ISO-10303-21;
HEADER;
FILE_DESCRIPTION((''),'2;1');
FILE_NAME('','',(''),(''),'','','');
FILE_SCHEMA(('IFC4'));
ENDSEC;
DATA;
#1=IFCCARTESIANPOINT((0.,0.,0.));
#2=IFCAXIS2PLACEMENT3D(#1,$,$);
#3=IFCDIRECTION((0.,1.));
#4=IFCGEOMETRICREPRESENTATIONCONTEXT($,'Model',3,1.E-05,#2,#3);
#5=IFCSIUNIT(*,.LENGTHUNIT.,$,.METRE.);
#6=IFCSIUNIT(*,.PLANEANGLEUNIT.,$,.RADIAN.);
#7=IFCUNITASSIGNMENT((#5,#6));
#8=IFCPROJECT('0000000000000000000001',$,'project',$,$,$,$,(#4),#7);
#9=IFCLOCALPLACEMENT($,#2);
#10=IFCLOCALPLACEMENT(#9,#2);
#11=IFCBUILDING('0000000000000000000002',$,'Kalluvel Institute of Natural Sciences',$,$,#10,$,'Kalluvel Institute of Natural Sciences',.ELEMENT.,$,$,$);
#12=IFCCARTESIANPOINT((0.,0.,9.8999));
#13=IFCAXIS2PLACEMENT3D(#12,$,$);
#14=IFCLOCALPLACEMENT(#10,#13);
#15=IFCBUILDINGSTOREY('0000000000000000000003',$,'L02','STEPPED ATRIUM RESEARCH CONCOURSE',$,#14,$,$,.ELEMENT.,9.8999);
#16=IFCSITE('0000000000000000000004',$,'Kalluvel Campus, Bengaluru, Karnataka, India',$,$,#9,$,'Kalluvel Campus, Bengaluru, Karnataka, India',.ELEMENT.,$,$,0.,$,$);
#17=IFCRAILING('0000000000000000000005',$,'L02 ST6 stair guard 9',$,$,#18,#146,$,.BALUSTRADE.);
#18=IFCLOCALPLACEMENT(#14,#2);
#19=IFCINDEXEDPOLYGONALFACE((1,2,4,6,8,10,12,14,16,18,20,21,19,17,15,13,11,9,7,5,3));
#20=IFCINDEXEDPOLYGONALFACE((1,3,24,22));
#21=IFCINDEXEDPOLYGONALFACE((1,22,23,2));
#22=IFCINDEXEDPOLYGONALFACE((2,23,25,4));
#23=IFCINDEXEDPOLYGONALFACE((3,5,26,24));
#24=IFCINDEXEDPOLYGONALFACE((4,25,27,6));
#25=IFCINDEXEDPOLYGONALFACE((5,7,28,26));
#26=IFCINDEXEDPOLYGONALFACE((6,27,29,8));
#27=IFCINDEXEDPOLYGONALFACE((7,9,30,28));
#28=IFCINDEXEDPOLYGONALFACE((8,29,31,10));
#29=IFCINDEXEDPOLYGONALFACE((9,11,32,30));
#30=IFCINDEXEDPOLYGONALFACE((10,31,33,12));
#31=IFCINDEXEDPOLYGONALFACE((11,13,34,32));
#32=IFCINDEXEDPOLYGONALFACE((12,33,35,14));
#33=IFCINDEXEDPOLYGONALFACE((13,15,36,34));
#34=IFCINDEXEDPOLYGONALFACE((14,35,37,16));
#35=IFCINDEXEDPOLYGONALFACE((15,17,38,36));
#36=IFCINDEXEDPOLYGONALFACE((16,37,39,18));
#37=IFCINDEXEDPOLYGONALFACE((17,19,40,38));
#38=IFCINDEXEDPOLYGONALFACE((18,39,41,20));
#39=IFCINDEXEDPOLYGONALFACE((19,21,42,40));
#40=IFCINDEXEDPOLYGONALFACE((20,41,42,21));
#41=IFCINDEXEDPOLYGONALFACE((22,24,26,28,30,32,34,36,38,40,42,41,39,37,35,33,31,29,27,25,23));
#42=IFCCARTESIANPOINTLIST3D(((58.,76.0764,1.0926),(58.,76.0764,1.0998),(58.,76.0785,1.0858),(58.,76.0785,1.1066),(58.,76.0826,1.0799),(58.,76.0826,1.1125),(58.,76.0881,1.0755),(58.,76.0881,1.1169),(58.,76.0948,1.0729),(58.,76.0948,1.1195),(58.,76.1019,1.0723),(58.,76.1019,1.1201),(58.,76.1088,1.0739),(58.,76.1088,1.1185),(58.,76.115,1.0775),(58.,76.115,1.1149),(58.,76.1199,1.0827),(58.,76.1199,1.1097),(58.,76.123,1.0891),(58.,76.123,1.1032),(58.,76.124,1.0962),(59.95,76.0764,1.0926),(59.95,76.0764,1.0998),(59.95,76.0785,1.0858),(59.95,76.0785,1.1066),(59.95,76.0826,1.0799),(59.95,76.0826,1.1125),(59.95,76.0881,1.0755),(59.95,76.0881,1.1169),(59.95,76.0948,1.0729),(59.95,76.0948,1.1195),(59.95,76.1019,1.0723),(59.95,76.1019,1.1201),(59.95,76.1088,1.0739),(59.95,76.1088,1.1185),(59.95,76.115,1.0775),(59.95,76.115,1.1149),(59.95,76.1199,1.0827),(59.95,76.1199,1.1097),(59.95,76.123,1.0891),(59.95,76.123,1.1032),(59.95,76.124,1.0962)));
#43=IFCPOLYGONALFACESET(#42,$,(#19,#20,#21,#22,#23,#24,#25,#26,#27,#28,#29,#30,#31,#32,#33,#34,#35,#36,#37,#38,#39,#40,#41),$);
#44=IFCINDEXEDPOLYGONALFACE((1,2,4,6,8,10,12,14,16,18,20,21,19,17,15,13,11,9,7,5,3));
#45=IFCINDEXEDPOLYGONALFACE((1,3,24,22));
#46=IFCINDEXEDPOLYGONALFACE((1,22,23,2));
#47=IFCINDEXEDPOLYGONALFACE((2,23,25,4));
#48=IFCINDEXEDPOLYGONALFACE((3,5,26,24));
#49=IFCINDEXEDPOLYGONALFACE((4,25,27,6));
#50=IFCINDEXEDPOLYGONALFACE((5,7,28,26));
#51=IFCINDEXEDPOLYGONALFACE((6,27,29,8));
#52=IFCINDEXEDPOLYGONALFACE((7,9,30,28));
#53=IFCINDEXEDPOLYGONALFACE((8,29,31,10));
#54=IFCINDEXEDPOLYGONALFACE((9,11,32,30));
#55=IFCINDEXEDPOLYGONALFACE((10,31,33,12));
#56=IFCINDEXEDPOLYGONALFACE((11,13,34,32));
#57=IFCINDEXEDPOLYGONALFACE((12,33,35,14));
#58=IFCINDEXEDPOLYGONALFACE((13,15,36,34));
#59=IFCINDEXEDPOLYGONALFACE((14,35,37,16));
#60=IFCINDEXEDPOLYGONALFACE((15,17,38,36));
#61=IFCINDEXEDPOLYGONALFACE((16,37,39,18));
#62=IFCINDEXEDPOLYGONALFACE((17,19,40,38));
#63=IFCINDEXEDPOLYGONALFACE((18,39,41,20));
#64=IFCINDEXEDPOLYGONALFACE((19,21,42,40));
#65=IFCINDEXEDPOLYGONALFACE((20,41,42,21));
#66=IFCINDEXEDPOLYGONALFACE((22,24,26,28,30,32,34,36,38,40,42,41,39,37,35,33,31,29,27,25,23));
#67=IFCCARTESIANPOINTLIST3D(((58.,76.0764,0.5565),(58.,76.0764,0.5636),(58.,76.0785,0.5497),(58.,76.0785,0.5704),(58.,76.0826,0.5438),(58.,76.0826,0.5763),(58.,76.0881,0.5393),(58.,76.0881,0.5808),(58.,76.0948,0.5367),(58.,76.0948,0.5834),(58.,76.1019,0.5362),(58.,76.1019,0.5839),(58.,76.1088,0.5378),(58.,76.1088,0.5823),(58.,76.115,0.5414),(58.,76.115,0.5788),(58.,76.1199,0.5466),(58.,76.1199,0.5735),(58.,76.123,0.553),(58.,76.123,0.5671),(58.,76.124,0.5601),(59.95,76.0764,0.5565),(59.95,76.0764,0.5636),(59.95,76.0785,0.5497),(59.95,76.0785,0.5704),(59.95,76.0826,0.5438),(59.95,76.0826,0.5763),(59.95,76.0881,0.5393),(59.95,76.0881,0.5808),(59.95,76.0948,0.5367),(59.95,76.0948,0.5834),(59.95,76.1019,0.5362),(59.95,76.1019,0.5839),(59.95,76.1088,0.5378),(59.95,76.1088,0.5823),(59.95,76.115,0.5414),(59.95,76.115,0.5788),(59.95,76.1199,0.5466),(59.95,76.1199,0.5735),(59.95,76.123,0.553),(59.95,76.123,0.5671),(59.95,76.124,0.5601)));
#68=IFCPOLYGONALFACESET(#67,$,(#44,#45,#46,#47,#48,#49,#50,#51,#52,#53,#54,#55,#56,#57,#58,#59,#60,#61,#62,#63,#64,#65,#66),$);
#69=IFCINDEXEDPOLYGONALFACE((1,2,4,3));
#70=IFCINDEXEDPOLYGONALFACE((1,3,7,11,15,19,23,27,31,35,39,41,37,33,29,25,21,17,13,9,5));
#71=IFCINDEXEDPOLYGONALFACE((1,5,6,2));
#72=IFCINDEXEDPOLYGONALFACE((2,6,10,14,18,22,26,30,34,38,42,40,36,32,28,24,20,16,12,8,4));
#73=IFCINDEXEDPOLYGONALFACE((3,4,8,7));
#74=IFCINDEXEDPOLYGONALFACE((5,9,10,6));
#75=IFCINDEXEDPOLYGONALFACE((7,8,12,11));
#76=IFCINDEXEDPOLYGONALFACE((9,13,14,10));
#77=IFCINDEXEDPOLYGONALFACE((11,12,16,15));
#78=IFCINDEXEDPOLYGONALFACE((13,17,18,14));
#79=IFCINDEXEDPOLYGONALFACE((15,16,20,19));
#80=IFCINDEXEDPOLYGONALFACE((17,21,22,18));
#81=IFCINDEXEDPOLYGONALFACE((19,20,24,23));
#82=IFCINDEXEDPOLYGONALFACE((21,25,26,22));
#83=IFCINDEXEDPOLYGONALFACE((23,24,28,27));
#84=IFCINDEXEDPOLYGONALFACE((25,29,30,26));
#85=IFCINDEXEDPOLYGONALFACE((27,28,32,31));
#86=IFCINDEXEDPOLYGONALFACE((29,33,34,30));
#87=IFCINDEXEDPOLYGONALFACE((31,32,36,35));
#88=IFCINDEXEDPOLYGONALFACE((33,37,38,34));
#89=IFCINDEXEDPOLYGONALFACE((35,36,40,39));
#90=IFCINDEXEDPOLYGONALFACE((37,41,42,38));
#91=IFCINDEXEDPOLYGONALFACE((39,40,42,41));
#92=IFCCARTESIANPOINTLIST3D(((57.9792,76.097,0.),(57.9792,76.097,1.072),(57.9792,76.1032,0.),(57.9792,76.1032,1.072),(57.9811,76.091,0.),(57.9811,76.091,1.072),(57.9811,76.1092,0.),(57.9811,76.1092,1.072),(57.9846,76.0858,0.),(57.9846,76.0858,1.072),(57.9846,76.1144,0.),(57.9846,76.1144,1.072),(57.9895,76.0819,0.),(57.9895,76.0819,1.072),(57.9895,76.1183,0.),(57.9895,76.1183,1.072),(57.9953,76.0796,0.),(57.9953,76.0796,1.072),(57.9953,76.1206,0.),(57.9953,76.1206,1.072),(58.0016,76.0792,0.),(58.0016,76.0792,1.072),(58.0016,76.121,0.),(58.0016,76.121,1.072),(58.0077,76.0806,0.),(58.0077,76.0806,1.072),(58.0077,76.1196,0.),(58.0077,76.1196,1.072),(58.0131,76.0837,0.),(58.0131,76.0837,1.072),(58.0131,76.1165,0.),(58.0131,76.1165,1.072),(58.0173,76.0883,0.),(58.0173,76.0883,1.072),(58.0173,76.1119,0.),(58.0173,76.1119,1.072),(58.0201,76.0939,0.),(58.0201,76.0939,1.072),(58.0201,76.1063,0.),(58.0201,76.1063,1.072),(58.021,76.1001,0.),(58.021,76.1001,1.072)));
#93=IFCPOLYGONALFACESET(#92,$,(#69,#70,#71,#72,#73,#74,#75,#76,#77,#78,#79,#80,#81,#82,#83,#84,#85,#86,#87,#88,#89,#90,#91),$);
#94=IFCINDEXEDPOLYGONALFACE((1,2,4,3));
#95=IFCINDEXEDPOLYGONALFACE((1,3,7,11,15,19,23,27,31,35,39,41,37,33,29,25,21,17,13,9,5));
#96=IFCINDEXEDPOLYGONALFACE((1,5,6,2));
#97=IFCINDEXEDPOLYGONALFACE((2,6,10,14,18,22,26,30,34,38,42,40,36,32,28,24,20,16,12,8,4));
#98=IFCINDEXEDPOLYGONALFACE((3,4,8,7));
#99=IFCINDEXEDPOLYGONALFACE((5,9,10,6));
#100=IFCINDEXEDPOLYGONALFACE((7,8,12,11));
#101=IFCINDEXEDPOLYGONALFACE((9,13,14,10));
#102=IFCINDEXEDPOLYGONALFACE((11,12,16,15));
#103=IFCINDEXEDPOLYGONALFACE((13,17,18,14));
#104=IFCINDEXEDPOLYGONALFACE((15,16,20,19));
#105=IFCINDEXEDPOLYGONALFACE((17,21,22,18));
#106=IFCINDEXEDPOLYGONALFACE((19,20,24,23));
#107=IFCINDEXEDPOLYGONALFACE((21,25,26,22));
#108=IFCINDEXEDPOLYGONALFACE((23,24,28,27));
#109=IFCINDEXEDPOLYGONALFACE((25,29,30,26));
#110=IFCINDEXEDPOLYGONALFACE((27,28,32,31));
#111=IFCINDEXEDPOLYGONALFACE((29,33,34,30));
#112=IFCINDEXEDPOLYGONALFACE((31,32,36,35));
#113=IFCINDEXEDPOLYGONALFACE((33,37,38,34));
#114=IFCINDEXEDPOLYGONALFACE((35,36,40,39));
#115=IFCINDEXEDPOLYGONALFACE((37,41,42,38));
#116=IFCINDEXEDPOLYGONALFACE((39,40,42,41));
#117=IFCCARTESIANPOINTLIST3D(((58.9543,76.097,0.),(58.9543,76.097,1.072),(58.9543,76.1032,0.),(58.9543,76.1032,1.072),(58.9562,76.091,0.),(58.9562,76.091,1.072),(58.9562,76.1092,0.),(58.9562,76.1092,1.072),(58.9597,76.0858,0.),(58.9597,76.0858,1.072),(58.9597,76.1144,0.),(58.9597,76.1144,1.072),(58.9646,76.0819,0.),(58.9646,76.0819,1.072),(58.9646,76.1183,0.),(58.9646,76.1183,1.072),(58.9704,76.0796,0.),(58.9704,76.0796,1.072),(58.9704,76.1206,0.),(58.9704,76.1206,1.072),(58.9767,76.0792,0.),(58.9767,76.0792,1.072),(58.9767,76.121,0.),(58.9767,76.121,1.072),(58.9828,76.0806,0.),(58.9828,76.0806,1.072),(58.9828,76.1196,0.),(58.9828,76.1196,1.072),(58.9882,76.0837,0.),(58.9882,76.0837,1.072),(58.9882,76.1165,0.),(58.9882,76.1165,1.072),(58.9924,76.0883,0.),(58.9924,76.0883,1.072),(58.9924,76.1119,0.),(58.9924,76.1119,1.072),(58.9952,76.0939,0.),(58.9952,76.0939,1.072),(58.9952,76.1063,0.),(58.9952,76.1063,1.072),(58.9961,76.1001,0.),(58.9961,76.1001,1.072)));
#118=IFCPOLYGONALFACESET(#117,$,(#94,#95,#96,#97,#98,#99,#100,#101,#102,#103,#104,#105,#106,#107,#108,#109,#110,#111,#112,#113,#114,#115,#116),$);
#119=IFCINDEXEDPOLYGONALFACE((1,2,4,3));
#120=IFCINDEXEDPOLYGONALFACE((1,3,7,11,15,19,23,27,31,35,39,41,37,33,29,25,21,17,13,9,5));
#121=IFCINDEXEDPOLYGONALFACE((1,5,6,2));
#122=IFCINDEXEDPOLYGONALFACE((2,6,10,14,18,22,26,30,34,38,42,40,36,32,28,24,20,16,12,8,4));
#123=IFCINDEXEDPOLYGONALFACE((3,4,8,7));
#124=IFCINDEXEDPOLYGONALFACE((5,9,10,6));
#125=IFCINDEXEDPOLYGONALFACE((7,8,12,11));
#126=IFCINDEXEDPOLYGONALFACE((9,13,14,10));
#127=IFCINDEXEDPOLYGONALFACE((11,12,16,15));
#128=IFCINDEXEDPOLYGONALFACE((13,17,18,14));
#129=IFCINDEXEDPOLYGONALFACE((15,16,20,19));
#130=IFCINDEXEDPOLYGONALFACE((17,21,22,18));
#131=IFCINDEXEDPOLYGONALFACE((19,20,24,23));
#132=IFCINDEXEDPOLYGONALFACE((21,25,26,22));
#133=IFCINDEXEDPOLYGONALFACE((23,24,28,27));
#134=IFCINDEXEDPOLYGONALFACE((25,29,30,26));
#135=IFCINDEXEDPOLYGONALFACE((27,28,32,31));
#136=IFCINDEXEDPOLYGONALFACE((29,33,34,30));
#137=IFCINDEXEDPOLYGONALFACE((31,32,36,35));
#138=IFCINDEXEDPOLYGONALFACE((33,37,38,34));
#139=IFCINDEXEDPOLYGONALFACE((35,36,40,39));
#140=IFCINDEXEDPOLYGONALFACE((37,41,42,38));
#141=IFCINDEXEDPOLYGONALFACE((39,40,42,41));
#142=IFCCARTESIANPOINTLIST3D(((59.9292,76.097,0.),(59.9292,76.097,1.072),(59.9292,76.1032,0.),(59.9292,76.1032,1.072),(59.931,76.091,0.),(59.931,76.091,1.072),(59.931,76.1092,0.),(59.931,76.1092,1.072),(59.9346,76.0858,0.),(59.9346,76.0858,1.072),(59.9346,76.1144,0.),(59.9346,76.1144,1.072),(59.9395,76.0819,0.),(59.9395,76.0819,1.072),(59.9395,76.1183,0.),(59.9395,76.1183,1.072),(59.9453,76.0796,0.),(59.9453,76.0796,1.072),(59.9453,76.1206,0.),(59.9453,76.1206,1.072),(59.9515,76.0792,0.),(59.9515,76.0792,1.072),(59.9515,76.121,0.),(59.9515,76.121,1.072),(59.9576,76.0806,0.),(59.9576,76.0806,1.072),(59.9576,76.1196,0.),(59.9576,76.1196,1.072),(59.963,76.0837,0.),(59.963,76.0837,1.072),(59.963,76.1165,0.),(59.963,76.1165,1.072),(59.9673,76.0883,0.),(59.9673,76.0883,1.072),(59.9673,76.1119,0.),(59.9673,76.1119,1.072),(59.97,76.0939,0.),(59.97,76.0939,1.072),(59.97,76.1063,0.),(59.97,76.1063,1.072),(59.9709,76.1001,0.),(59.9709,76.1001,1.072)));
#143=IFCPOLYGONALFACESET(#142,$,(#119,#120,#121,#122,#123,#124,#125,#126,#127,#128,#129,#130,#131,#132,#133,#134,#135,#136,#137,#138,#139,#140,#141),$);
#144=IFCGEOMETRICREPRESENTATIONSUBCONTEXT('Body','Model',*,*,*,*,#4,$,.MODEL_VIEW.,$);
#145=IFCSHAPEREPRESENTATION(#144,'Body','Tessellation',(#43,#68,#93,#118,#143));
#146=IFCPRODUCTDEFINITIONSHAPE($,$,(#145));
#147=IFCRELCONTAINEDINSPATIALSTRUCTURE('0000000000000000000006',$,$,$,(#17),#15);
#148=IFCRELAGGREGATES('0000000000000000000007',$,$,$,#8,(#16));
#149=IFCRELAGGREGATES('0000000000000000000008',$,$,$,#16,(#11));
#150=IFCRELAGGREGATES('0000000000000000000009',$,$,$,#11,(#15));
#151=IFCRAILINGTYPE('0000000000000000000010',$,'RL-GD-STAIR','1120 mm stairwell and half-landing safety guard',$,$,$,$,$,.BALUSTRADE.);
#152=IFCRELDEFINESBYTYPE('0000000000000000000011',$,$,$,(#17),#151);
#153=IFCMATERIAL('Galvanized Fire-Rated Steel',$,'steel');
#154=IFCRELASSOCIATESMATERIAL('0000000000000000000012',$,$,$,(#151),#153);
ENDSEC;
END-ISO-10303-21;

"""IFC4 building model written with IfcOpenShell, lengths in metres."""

from ifc_helpers import new_model, si_unit, direction, frame, origin, origin_2d, place, context, subcontext, project, spatial, circle, extrude, material, type_object, element, save


model = new_model("IFC4")

# Units and contexts
model_context = context("Model", 3, precision=1e-05, world=origin(), true_north=direction((0.0, 1.0)))
body_context = subcontext(model_context, "Body", "Model", "MODEL_VIEW")
ifc_project = project(units=[si_unit("LENGTHUNIT", "METRE"), si_unit("PLANEANGLEUNIT", "RADIAN")], contexts=[model_context])

# Site, building, storey
site_placement = place(None, origin())
site = spatial("IfcSite", under=ifc_project, at=site_placement, Name="Kalluvel Campus, Bengaluru, Karnataka, India", LongName="Kalluvel Campus, Bengaluru, Karnataka, India", CompositionType="ELEMENT", RefElevation=0.0)
building_placement = place(site_placement, origin())
building = spatial("IfcBuilding", under=site, at=building_placement, Name="Kalluvel Institute of Natural Sciences", LongName="Kalluvel Institute of Natural Sciences", CompositionType="ELEMENT")
storey_placement = place(building_placement, frame((0.0, 0.0, 9.8999)))
storey = spatial("IfcBuildingStorey", under=building, at=storey_placement, Name="L02", Description="STEPPED ATRIUM RESEARCH CONCOURSE", CompositionType="ELEMENT", Elevation=9.8999)

# Railing
ifc_material_1 = material(Name="Galvanized Fire-Rated Steel", Category="steel")
railing_type_1 = type_object("IfcRailingType", Name="RL-GD-STAIR", Description="1120 mm stairwell and half-landing safety guard", PredefinedType="BALUSTRADE", material=ifc_material_1)
railing_1_placement = place(storey_placement, frame((58.0, 76.1001, 0.0)))
element("IfcRailing", 1, at=railing_1_placement, inside=storey, type_object=railing_type_1, Name="L02 ST6 stair guard 9", PredefinedType="BALUSTRADE", context=body_context, shape_type="SweptSolid", body=[
    extrude(circle(Radius=0.0239, at=origin_2d()), frame((0.0, 0.0, 1.0962), z_axis=(1.0, 0.0, 0.0), x_axis=(0.0, 1.0, 0.0)), (0.0, 0.0, 1.0), 1.95),
    extrude(circle(Radius=0.0239, at=origin_2d()), frame((0.0, 0.0, 0.5601), z_axis=(1.0, 0.0, 0.0), x_axis=(0.0, 1.0, 0.0)), (0.0, 0.0, 1.0), 1.95),
    extrude(circle(Radius=0.021, at=origin_2d()), origin(), (0.0, 0.0, 1.0), 1.072),
    extrude(circle(Radius=0.021, at=origin_2d()), frame((0.9751, 0.0, 0.0)), (0.0, 0.0, 1.0), 1.072),
    extrude(circle(Radius=0.021, at=origin_2d()), frame((1.95, 0.0, 0.0)), (0.0, 0.0, 1.0), 1.072),
])

save(model, "model.ifc")
